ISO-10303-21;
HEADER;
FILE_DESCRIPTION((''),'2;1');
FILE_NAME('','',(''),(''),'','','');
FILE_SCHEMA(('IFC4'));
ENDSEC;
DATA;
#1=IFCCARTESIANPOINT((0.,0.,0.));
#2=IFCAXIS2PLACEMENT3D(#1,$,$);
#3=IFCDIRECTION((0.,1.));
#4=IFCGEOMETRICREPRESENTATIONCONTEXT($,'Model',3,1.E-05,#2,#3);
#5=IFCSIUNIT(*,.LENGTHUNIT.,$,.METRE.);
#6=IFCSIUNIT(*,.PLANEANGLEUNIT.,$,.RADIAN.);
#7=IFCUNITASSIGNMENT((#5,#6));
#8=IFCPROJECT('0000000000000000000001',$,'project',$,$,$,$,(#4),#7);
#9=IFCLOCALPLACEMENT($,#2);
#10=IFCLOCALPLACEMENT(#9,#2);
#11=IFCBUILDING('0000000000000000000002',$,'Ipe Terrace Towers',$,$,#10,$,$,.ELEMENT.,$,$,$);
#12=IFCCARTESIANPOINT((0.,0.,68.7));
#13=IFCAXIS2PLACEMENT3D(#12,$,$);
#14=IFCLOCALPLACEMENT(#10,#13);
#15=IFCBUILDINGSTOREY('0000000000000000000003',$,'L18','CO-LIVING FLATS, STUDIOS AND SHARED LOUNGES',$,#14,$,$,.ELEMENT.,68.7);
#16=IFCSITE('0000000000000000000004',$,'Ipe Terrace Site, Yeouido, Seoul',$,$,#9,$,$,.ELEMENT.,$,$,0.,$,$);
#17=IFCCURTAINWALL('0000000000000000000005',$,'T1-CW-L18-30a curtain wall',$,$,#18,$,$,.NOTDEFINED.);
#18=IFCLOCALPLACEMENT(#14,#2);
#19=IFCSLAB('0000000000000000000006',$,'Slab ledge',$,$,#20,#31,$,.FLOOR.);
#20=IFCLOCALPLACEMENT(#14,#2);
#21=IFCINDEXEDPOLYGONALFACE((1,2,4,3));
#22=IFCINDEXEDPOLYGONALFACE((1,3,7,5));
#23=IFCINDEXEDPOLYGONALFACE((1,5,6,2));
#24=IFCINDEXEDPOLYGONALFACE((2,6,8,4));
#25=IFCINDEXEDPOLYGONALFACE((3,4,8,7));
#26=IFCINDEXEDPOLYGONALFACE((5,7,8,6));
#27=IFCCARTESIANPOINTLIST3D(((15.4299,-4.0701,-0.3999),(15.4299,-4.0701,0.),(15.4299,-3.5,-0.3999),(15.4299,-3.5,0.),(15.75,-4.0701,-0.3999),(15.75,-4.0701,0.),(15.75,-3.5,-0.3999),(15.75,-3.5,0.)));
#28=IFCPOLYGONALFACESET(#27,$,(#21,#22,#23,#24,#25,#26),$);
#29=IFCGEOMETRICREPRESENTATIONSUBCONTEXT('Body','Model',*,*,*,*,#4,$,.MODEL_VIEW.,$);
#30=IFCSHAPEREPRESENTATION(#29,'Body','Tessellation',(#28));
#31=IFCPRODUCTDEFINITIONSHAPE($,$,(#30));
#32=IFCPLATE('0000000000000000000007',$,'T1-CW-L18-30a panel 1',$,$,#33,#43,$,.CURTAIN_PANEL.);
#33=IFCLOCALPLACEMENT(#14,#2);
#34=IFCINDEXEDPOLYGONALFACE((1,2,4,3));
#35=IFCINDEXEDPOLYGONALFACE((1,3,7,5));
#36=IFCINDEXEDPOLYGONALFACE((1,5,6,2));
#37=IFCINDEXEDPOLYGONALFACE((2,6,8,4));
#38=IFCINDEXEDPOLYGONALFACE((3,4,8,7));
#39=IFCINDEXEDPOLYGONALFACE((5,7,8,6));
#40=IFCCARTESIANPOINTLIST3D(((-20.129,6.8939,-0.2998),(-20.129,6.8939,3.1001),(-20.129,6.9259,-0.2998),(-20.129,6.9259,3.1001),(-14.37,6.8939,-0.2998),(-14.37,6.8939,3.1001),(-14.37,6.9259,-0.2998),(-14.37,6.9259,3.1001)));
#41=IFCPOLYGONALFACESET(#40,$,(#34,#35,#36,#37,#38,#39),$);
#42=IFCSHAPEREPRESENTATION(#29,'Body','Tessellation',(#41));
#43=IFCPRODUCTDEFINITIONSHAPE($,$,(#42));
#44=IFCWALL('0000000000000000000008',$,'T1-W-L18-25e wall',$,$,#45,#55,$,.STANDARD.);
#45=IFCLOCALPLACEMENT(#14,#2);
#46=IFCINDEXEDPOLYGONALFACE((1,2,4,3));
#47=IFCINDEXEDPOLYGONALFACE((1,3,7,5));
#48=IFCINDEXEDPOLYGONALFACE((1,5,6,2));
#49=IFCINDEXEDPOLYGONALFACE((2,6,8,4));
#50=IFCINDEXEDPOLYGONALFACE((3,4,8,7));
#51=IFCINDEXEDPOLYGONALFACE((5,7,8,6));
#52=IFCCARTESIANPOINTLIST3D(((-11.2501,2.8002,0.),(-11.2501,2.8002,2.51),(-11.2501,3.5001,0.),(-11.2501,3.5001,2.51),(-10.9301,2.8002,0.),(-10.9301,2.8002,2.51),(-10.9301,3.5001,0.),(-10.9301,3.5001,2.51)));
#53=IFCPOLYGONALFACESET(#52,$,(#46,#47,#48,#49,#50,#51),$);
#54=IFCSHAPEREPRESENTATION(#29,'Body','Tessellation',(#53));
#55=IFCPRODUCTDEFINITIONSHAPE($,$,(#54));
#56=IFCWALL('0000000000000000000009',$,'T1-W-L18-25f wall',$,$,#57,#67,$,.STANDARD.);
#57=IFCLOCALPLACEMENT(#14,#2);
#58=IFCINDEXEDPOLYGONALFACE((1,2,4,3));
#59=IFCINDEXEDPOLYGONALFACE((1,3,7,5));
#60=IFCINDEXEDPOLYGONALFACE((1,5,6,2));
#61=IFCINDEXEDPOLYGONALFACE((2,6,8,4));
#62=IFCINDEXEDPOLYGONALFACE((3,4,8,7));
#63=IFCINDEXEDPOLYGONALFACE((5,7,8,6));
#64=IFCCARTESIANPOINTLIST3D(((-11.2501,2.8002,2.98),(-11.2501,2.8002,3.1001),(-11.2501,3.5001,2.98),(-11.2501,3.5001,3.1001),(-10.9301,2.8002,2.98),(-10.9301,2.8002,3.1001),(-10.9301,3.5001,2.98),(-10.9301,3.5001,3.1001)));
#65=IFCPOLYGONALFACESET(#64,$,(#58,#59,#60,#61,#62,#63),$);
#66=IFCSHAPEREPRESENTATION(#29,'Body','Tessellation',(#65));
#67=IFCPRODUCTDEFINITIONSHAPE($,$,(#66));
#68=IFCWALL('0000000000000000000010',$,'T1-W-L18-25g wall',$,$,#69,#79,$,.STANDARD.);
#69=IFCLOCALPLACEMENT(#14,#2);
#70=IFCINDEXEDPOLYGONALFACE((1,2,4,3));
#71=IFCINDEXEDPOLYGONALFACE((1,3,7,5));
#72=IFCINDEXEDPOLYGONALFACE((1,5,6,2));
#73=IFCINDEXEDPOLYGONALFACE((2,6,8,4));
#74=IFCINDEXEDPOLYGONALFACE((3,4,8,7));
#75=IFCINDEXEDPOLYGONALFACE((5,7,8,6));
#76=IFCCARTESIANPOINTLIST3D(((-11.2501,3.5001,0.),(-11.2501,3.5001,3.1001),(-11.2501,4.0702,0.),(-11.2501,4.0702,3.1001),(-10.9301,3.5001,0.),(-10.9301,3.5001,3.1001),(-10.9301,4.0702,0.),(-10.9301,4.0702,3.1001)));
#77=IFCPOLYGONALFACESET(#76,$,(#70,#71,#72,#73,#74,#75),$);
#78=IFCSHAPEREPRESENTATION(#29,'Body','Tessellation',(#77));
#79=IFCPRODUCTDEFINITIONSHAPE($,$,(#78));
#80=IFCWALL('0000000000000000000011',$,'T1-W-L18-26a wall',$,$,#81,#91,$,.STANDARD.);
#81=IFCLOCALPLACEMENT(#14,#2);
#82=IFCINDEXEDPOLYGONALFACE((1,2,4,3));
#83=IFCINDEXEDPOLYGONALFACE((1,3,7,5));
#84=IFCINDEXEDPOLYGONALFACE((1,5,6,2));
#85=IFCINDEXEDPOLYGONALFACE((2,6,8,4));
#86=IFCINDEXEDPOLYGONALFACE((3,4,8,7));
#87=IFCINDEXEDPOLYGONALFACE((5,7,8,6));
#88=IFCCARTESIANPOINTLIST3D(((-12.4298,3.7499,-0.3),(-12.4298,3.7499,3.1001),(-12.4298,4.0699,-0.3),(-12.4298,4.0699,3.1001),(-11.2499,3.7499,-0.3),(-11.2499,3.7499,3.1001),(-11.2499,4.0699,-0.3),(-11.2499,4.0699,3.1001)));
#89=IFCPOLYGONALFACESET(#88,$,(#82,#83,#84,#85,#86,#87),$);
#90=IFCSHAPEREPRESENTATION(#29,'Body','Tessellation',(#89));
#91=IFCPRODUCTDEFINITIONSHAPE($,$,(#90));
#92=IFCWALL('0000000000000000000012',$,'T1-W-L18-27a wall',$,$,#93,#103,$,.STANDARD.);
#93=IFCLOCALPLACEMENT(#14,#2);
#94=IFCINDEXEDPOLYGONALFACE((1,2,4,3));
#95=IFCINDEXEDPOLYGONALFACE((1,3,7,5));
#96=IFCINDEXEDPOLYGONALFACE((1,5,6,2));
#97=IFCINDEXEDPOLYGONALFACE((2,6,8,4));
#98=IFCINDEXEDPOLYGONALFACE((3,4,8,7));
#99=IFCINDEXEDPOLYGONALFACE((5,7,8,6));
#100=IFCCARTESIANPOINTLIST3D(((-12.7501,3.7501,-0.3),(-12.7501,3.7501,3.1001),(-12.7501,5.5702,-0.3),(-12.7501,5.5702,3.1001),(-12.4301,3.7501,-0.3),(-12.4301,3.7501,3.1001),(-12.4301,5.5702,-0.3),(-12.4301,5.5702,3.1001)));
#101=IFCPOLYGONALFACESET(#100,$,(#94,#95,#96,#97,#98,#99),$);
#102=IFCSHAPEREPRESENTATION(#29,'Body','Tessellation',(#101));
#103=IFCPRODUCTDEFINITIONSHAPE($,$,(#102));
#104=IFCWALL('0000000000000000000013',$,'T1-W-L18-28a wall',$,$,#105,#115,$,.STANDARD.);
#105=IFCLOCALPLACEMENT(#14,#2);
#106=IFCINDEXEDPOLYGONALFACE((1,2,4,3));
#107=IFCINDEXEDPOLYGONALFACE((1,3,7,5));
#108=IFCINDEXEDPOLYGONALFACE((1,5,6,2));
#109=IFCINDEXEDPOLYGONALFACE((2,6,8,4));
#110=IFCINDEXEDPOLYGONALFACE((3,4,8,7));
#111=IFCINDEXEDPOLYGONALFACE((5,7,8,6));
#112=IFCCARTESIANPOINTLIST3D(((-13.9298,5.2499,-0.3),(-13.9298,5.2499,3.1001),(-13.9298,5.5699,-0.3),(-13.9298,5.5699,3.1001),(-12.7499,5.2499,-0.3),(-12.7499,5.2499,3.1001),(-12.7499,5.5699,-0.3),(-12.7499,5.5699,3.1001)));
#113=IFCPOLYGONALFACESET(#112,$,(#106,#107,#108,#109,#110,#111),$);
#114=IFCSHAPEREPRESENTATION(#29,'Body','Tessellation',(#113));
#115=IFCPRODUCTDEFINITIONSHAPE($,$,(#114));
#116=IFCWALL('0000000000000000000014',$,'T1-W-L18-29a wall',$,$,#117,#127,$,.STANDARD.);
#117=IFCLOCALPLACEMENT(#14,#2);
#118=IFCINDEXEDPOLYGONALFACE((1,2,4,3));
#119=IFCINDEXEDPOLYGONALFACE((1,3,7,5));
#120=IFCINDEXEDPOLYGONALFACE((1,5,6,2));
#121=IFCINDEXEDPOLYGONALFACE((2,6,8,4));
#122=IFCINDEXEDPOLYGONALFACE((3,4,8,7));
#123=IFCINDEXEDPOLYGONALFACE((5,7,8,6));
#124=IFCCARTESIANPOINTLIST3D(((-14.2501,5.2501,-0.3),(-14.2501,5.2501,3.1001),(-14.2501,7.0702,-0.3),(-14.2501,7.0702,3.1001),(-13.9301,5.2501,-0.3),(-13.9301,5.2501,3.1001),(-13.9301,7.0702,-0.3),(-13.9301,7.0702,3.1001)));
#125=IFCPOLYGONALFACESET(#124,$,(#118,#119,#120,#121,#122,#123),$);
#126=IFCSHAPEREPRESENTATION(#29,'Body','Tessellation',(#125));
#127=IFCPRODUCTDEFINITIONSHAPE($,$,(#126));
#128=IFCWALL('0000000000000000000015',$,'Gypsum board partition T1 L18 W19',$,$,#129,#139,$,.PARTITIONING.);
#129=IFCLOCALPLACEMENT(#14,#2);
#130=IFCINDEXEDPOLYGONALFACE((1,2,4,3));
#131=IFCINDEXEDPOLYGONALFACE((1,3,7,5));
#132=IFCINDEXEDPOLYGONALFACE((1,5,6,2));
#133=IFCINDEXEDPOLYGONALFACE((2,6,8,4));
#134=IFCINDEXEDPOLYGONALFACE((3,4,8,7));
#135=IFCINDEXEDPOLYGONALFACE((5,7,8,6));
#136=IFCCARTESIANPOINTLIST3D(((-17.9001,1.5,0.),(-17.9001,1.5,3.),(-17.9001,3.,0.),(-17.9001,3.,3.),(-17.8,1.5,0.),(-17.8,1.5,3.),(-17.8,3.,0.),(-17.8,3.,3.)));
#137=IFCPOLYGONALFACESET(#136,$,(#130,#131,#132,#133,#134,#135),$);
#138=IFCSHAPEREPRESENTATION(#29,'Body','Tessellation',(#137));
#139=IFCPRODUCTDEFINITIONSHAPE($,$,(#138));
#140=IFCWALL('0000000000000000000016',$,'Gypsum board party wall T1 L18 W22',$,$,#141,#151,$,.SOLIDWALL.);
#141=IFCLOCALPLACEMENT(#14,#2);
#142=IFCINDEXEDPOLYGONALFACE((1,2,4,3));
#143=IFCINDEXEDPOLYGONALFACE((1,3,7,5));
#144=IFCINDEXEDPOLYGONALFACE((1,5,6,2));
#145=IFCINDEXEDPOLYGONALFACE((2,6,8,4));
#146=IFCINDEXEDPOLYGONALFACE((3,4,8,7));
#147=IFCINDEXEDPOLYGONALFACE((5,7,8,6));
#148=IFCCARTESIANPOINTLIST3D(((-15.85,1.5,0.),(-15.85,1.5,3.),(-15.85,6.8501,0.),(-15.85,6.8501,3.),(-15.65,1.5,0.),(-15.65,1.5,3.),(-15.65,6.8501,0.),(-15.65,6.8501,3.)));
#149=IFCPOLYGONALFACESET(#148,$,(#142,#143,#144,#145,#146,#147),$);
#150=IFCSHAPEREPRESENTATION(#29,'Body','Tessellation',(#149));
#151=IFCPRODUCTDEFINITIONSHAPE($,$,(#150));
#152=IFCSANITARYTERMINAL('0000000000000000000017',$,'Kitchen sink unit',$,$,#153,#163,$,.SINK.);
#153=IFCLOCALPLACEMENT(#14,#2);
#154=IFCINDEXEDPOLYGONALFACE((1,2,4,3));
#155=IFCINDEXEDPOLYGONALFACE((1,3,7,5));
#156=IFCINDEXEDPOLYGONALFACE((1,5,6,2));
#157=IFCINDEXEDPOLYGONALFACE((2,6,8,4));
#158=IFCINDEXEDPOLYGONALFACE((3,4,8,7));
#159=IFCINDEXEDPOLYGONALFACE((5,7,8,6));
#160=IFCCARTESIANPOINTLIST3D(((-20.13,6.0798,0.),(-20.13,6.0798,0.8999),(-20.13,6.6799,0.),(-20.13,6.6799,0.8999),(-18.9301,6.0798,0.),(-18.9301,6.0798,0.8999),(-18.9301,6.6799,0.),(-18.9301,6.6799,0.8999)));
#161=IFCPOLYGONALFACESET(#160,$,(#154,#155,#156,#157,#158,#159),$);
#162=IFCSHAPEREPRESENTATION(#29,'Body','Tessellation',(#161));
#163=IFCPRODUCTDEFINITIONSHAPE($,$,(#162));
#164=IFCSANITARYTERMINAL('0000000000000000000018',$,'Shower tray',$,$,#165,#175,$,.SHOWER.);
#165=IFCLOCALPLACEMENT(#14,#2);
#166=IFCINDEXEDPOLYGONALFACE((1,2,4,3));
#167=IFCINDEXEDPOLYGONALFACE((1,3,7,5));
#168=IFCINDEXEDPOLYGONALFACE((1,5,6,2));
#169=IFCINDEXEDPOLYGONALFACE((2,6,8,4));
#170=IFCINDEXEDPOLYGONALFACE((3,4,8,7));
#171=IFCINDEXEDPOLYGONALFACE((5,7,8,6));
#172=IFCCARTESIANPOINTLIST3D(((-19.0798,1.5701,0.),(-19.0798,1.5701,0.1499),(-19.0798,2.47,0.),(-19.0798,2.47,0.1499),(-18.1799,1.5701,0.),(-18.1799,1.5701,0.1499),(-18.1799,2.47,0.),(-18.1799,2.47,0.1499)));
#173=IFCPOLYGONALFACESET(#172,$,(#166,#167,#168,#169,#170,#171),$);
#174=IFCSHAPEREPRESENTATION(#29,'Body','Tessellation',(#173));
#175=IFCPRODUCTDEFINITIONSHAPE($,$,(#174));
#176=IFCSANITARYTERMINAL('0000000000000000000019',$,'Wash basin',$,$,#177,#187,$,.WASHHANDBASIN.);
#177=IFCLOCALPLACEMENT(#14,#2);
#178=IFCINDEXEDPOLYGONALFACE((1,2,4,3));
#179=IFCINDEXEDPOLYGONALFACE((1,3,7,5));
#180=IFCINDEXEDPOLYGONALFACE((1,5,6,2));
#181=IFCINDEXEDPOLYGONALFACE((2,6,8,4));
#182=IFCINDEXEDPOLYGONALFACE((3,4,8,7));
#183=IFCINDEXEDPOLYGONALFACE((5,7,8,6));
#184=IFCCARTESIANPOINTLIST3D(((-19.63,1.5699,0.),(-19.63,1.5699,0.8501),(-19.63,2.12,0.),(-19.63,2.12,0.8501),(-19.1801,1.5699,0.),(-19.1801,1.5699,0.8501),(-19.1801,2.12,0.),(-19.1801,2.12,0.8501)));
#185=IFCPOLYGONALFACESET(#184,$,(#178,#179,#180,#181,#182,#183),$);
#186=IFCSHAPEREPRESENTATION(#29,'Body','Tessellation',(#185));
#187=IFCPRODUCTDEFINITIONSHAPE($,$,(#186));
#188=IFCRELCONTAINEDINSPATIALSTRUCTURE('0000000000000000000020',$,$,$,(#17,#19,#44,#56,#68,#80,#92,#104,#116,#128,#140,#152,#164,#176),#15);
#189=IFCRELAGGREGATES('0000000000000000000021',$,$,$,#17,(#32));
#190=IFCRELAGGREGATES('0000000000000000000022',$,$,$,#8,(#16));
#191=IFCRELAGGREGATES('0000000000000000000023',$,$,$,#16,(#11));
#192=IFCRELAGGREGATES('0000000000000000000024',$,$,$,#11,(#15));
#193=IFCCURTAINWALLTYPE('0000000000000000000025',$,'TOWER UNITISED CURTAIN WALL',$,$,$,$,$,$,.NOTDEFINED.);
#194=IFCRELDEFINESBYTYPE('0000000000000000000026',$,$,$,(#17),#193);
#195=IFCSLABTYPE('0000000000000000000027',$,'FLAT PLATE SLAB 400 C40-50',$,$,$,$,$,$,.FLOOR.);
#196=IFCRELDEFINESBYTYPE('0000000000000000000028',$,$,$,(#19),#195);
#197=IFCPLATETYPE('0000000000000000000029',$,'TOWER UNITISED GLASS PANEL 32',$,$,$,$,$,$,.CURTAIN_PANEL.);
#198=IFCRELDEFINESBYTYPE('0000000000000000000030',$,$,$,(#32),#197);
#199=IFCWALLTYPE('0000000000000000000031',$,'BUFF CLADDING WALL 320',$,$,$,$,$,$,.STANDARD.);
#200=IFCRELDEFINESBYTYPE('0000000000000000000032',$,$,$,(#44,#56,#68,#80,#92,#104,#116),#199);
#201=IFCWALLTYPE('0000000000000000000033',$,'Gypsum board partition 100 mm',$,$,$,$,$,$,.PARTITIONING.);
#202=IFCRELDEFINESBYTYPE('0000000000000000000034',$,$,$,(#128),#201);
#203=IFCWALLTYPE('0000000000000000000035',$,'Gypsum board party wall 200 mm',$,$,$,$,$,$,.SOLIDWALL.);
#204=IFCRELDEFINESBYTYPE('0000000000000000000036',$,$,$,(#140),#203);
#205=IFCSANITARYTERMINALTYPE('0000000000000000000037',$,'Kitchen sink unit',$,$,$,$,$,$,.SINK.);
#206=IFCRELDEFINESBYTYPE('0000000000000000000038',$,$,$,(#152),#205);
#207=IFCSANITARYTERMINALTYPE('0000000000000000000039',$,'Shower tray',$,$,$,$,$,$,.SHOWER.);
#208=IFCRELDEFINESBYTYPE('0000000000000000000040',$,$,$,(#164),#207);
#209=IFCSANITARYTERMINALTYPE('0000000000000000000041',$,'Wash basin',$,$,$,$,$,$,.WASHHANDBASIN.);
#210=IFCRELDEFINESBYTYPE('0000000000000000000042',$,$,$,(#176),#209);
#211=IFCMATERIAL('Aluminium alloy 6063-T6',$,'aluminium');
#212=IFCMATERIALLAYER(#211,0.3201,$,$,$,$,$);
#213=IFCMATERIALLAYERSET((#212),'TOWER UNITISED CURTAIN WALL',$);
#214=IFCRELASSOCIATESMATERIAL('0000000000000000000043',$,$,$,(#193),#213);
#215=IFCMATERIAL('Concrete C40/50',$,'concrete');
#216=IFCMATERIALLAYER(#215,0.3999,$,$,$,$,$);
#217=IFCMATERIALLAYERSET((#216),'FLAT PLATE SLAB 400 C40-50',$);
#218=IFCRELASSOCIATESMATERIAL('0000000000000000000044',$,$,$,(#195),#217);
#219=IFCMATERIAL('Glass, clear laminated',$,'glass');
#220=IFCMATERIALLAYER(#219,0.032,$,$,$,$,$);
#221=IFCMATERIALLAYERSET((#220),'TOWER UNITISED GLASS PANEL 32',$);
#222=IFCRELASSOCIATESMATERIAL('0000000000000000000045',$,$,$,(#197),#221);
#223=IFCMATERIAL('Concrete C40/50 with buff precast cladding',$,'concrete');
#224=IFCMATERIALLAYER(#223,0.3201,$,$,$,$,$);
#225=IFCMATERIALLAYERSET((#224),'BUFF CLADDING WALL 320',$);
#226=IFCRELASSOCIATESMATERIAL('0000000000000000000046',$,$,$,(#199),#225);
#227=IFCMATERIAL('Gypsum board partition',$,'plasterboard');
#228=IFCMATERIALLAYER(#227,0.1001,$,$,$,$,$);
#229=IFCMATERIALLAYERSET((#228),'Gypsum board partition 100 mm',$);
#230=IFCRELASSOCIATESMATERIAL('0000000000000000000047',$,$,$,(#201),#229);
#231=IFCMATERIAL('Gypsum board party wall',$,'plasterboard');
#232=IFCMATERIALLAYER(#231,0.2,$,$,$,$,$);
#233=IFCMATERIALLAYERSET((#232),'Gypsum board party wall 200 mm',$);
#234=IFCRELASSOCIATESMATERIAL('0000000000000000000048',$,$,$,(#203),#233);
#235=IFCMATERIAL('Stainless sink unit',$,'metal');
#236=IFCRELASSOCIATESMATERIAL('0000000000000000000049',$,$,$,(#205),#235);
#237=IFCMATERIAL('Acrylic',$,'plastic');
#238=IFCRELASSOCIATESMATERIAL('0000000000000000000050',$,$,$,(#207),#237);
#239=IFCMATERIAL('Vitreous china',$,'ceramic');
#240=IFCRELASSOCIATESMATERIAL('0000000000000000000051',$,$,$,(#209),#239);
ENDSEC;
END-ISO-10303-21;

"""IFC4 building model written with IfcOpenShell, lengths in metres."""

from ifc_helpers import new_model, si_unit, direction, frame, frame_2d, origin, origin_2d, place, context, subcontext, project, spatial, polyline, rectangle, outline, extrude, material, layer, layer_set, type_object, element, aggregate, save


model = new_model("IFC4")

# Units and contexts
model_context = context("Model", 3, precision=1e-05, world=origin(), true_north=direction((0.0, 1.0)))
body_context = subcontext(model_context, "Body", "Model", "MODEL_VIEW")
ifc_project = project(units=[si_unit("LENGTHUNIT", "METRE"), si_unit("PLANEANGLEUNIT", "RADIAN")], contexts=[model_context])

# Site, building, storey
site_placement = place(None, origin())
site = spatial("IfcSite", under=ifc_project, at=site_placement, Name="Ipe Terrace Site, Yeouido, Seoul", CompositionType="ELEMENT", RefElevation=0.0)
building_placement = place(site_placement, origin())
building = spatial("IfcBuilding", under=site, at=building_placement, Name="Ipe Terrace Towers", CompositionType="ELEMENT")
storey_placement = place(building_placement, frame((0.0, 0.0, 68.7)))
storey = spatial("IfcBuildingStorey", under=building, at=storey_placement, Name="L18", Description="CO-LIVING FLATS, STUDIOS AND SHARED LOUNGES", CompositionType="ELEMENT", Elevation=68.7)

# Shared definitions
ifc_material_1 = material(Name="Aluminium alloy 6063-T6", Category="aluminium")
ifc_layer_1 = layer(ifc_material_1, 0.3201)
ifc_layer_set_1 = layer_set([ifc_layer_1], Name="TOWER UNITISED CURTAIN WALL")
curtain_wall_type = type_object("IfcCurtainWallType", Name="TOWER UNITISED CURTAIN WALL", PredefinedType="NOTDEFINED", material=ifc_layer_set_1)

# Curtain wall
curtain_wall_1_placement = place(storey_placement, origin())
curtain_wall_1 = element("IfcCurtainWall", 1, at=curtain_wall_1_placement, inside=storey, type_object=curtain_wall_type, Name="T1-CW-L18-30a curtain wall", PredefinedType="NOTDEFINED")

# Slab
ifc_material_2 = material(Name="Concrete C40/50", Category="concrete")
ifc_layer_2 = layer(ifc_material_2, 0.3999)
ifc_layer_set_2 = layer_set([ifc_layer_2], Name="FLAT PLATE SLAB 400 C40-50")
slab_type = type_object("IfcSlabType", Name="FLAT PLATE SLAB 400 C40-50", PredefinedType="FLOOR", material=ifc_layer_set_2)
slab_1_placement = place(storey_placement, frame((0.0, 0.0, -0.3999)))
element("IfcSlab", 2, at=slab_1_placement, inside=storey, type_object=slab_type, Name="Slab ledge", PredefinedType="FLOOR", context=body_context, shape_type="SweptSolid", body=[
    extrude(outline(polyline([(15.75, -3.5), (15.75, -4.0701), (15.4299, -4.0701), (15.4299, -3.5), (15.75, -3.5)])), origin(), (0.0, 0.0, 1.0), 0.3999),
])

# Plate
ifc_material_3 = material(Name="Glass, clear laminated", Category="glass")
ifc_layer_3 = layer(ifc_material_3, 0.032)
ifc_layer_set_3 = layer_set([ifc_layer_3], Name="TOWER UNITISED GLASS PANEL 32")
plate_type = type_object("IfcPlateType", Name="TOWER UNITISED GLASS PANEL 32", PredefinedType="CURTAIN_PANEL", material=ifc_layer_set_3)
plate_placement = place(storey_placement, frame((-17.2495, 6.9099, -0.2998), z_axis=(0.0, 0.0, 1.0), x_axis=(-1.0, 0.0, 0.0)))
plate = element("IfcPlate", 3, at=plate_placement, type_object=plate_type, Name="T1-CW-L18-30a panel 1", PredefinedType="CURTAIN_PANEL", context=body_context, shape_type="SweptSolid", body=[
    extrude(rectangle(XDim=5.759, YDim=0.032, at=origin_2d()), origin(), (0.0, 0.0, 1.0), 3.3999),
])
aggregate(curtain_wall_1, [plate])

# Walls
ifc_material_4 = material(Name="Concrete C40/50 with buff precast cladding", Category="concrete")
ifc_layer_4 = layer(ifc_material_4, 0.3201)
ifc_layer_set_4 = layer_set([ifc_layer_4], Name="BUFF CLADDING WALL 320")
wall_type_1 = type_object("IfcWallType", Name="BUFF CLADDING WALL 320", PredefinedType="STANDARD", material=ifc_layer_set_4)
wall_1_placement = place(storey_placement, frame((-11.0901, 2.8, 0.0), z_axis=(0.0, 0.0, 1.0), x_axis=(0.0, 1.0, 0.0)))
element("IfcWall", 4, at=wall_1_placement, inside=storey, type_object=wall_type_1, Name="T1-W-L18-25e wall", PredefinedType="STANDARD", context=body_context, shape_type="SweptSolid", body=[
    extrude(rectangle(XDim=0.7, YDim=0.3201, at=frame_2d((0.3501, 0.0))), origin(), (0.0, 0.0, 1.0), 2.51),
])
wall_2_placement = place(storey_placement, frame((-11.0901, 2.8, 2.98), z_axis=(0.0, 0.0, 1.0), x_axis=(0.0, 1.0, 0.0)))
element("IfcWall", 5, at=wall_2_placement, inside=storey, type_object=wall_type_1, Name="T1-W-L18-25f wall", PredefinedType="STANDARD", context=body_context, shape_type="SweptSolid", body=[
    extrude(rectangle(XDim=0.7, YDim=0.3201, at=frame_2d((0.3501, 0.0))), origin(), (0.0, 0.0, 1.0), 0.1201),
])
wall_3_placement = place(storey_placement, frame((-11.0901, 3.5, 0.0), z_axis=(0.0, 0.0, 1.0), x_axis=(0.0, 1.0, 0.0)))
element("IfcWall", 6, at=wall_3_placement, inside=storey, type_object=wall_type_1, Name="T1-W-L18-25g wall", PredefinedType="STANDARD", context=body_context, shape_type="SweptSolid", body=[
    extrude(rectangle(XDim=0.5701, YDim=0.3201, at=frame_2d((0.2852, 0.0))), origin(), (0.0, 0.0, 1.0), 3.1001),
])
wall_4_placement = place(storey_placement, frame((-11.25, 3.9099, -0.3), z_axis=(0.0, 0.0, 1.0), x_axis=(-1.0, 0.0, 0.0)))
element("IfcWall", 7, at=wall_4_placement, inside=storey, type_object=wall_type_1, Name="T1-W-L18-26a wall", PredefinedType="STANDARD", context=body_context, shape_type="SweptSolid", body=[
    extrude(rectangle(XDim=1.1799, YDim=0.3201, at=frame_2d((0.5898, 0.0))), origin(), (0.0, 0.0, 1.0), 3.4001),
])
wall_5_placement = place(storey_placement, frame((-12.5901, 3.75, -0.3), z_axis=(0.0, 0.0, 1.0), x_axis=(0.0, 1.0, 0.0)))
element("IfcWall", 8, at=wall_5_placement, inside=storey, type_object=wall_type_1, Name="T1-W-L18-27a wall", PredefinedType="STANDARD", context=body_context, shape_type="SweptSolid", body=[
    extrude(rectangle(XDim=1.8201, YDim=0.3201, at=frame_2d((0.9102, 0.0))), origin(), (0.0, 0.0, 1.0), 3.4001),
])
wall_6_placement = place(storey_placement, frame((-12.75, 5.4099, -0.3), z_axis=(0.0, 0.0, 1.0), x_axis=(-1.0, 0.0, 0.0)))
element("IfcWall", 9, at=wall_6_placement, inside=storey, type_object=wall_type_1, Name="T1-W-L18-28a wall", PredefinedType="STANDARD", context=body_context, shape_type="SweptSolid", body=[
    extrude(rectangle(XDim=1.1799, YDim=0.3201, at=frame_2d((0.5898, 0.0))), origin(), (0.0, 0.0, 1.0), 3.4001),
])
wall_7_placement = place(storey_placement, frame((-14.0901, 5.25, -0.3), z_axis=(0.0, 0.0, 1.0), x_axis=(0.0, 1.0, 0.0)))
element("IfcWall", 10, at=wall_7_placement, inside=storey, type_object=wall_type_1, Name="T1-W-L18-29a wall", PredefinedType="STANDARD", context=body_context, shape_type="SweptSolid", body=[
    extrude(rectangle(XDim=1.8201, YDim=0.3201, at=frame_2d((0.9102, 0.0))), origin(), (0.0, 0.0, 1.0), 3.4001),
])
ifc_material_5 = material(Name="Gypsum board partition", Category="plasterboard")
ifc_layer_5 = layer(ifc_material_5, 0.1001)
ifc_layer_set_5 = layer_set([ifc_layer_5], Name="Gypsum board partition 100 mm")
wall_type_2 = type_object("IfcWallType", Name="Gypsum board partition 100 mm", PredefinedType="PARTITIONING", material=ifc_layer_set_5)
wall_8_placement = place(storey_placement, frame((-17.8501, 1.5, 0.0), z_axis=(0.0, 0.0, 1.0), x_axis=(0.0, 1.0, 0.0)))
element("IfcWall", 11, at=wall_8_placement, inside=storey, type_object=wall_type_2, Name="Gypsum board partition T1 L18 W19", PredefinedType="PARTITIONING", context=body_context, shape_type="SweptSolid", body=[
    extrude(rectangle(XDim=1.5, YDim=0.1001, at=frame_2d((0.75, 0.0))), origin(), (0.0, 0.0, 1.0), 3.0),
])
ifc_material_6 = material(Name="Gypsum board party wall", Category="plasterboard")
ifc_layer_6 = layer(ifc_material_6, 0.2)
ifc_layer_set_6 = layer_set([ifc_layer_6], Name="Gypsum board party wall 200 mm")
wall_type_3 = type_object("IfcWallType", Name="Gypsum board party wall 200 mm", PredefinedType="SOLIDWALL", material=ifc_layer_set_6)
wall_9_placement = place(storey_placement, frame((-15.75, 1.5, 0.0), z_axis=(0.0, 0.0, 1.0), x_axis=(0.0, 1.0, 0.0)))
element("IfcWall", 12, at=wall_9_placement, inside=storey, type_object=wall_type_3, Name="Gypsum board party wall T1 L18 W22", PredefinedType="SOLIDWALL", context=body_context, shape_type="SweptSolid", body=[
    extrude(rectangle(XDim=5.3501, YDim=0.2, at=frame_2d((2.675, 0.0))), origin(), (0.0, 0.0, 1.0), 3.0),
])

# Sanitary terminals
ifc_material_7 = material(Name="Stainless sink unit", Category="metal")
sanitary_terminal_type_1 = type_object("IfcSanitaryTerminalType", Name="Kitchen sink unit", PredefinedType="SINK", material=ifc_material_7)
sanitary_terminal_1_placement = place(storey_placement, frame((-19.53, 6.3799, 0.0), z_axis=(0.0, 0.0, 1.0), x_axis=(1.0, 0.0, 0.0)))
element("IfcSanitaryTerminal", 13, at=sanitary_terminal_1_placement, inside=storey, type_object=sanitary_terminal_type_1, Name="Kitchen sink unit", PredefinedType="SINK", context=body_context, shape_type="SweptSolid", body=[
    extrude(rectangle(XDim=1.2, YDim=0.6001, at=origin_2d()), origin(), (0.0, 0.0, 1.0), 0.8999),
])
ifc_material_8 = material(Name="Acrylic", Category="plastic")
sanitary_terminal_type_2 = type_object("IfcSanitaryTerminalType", Name="Shower tray", PredefinedType="SHOWER", material=ifc_material_8)
sanitary_terminal_2_placement = place(storey_placement, frame((-18.6299, 2.02, 0.0), z_axis=(0.0, 0.0, 1.0), x_axis=(0.0, 1.0, 0.0)))
element("IfcSanitaryTerminal", 14, at=sanitary_terminal_2_placement, inside=storey, type_object=sanitary_terminal_type_2, Name="Shower tray", PredefinedType="SHOWER", context=body_context, shape_type="SweptSolid", body=[
    extrude(rectangle(XDim=0.8999, YDim=0.8999, at=origin_2d()), origin(), (0.0, 0.0, 1.0), 0.1499),
])
ifc_material_9 = material(Name="Vitreous china", Category="ceramic")
sanitary_terminal_type_3 = type_object("IfcSanitaryTerminalType", Name="Wash basin", PredefinedType="WASHHANDBASIN", material=ifc_material_9)
sanitary_terminal_3_placement = place(storey_placement, frame((-19.405, 1.845, 0.0), z_axis=(0.0, 0.0, 1.0), x_axis=(0.0, 1.0, 0.0)))
element("IfcSanitaryTerminal", 15, at=sanitary_terminal_3_placement, inside=storey, type_object=sanitary_terminal_type_3, Name="Wash basin", PredefinedType="WASHHANDBASIN", context=body_context, shape_type="SweptSolid", body=[
    extrude(rectangle(XDim=0.55, YDim=0.45, at=origin_2d()), origin(), (0.0, 0.0, 1.0), 0.8501),
])

save(model, "model.ifc")
